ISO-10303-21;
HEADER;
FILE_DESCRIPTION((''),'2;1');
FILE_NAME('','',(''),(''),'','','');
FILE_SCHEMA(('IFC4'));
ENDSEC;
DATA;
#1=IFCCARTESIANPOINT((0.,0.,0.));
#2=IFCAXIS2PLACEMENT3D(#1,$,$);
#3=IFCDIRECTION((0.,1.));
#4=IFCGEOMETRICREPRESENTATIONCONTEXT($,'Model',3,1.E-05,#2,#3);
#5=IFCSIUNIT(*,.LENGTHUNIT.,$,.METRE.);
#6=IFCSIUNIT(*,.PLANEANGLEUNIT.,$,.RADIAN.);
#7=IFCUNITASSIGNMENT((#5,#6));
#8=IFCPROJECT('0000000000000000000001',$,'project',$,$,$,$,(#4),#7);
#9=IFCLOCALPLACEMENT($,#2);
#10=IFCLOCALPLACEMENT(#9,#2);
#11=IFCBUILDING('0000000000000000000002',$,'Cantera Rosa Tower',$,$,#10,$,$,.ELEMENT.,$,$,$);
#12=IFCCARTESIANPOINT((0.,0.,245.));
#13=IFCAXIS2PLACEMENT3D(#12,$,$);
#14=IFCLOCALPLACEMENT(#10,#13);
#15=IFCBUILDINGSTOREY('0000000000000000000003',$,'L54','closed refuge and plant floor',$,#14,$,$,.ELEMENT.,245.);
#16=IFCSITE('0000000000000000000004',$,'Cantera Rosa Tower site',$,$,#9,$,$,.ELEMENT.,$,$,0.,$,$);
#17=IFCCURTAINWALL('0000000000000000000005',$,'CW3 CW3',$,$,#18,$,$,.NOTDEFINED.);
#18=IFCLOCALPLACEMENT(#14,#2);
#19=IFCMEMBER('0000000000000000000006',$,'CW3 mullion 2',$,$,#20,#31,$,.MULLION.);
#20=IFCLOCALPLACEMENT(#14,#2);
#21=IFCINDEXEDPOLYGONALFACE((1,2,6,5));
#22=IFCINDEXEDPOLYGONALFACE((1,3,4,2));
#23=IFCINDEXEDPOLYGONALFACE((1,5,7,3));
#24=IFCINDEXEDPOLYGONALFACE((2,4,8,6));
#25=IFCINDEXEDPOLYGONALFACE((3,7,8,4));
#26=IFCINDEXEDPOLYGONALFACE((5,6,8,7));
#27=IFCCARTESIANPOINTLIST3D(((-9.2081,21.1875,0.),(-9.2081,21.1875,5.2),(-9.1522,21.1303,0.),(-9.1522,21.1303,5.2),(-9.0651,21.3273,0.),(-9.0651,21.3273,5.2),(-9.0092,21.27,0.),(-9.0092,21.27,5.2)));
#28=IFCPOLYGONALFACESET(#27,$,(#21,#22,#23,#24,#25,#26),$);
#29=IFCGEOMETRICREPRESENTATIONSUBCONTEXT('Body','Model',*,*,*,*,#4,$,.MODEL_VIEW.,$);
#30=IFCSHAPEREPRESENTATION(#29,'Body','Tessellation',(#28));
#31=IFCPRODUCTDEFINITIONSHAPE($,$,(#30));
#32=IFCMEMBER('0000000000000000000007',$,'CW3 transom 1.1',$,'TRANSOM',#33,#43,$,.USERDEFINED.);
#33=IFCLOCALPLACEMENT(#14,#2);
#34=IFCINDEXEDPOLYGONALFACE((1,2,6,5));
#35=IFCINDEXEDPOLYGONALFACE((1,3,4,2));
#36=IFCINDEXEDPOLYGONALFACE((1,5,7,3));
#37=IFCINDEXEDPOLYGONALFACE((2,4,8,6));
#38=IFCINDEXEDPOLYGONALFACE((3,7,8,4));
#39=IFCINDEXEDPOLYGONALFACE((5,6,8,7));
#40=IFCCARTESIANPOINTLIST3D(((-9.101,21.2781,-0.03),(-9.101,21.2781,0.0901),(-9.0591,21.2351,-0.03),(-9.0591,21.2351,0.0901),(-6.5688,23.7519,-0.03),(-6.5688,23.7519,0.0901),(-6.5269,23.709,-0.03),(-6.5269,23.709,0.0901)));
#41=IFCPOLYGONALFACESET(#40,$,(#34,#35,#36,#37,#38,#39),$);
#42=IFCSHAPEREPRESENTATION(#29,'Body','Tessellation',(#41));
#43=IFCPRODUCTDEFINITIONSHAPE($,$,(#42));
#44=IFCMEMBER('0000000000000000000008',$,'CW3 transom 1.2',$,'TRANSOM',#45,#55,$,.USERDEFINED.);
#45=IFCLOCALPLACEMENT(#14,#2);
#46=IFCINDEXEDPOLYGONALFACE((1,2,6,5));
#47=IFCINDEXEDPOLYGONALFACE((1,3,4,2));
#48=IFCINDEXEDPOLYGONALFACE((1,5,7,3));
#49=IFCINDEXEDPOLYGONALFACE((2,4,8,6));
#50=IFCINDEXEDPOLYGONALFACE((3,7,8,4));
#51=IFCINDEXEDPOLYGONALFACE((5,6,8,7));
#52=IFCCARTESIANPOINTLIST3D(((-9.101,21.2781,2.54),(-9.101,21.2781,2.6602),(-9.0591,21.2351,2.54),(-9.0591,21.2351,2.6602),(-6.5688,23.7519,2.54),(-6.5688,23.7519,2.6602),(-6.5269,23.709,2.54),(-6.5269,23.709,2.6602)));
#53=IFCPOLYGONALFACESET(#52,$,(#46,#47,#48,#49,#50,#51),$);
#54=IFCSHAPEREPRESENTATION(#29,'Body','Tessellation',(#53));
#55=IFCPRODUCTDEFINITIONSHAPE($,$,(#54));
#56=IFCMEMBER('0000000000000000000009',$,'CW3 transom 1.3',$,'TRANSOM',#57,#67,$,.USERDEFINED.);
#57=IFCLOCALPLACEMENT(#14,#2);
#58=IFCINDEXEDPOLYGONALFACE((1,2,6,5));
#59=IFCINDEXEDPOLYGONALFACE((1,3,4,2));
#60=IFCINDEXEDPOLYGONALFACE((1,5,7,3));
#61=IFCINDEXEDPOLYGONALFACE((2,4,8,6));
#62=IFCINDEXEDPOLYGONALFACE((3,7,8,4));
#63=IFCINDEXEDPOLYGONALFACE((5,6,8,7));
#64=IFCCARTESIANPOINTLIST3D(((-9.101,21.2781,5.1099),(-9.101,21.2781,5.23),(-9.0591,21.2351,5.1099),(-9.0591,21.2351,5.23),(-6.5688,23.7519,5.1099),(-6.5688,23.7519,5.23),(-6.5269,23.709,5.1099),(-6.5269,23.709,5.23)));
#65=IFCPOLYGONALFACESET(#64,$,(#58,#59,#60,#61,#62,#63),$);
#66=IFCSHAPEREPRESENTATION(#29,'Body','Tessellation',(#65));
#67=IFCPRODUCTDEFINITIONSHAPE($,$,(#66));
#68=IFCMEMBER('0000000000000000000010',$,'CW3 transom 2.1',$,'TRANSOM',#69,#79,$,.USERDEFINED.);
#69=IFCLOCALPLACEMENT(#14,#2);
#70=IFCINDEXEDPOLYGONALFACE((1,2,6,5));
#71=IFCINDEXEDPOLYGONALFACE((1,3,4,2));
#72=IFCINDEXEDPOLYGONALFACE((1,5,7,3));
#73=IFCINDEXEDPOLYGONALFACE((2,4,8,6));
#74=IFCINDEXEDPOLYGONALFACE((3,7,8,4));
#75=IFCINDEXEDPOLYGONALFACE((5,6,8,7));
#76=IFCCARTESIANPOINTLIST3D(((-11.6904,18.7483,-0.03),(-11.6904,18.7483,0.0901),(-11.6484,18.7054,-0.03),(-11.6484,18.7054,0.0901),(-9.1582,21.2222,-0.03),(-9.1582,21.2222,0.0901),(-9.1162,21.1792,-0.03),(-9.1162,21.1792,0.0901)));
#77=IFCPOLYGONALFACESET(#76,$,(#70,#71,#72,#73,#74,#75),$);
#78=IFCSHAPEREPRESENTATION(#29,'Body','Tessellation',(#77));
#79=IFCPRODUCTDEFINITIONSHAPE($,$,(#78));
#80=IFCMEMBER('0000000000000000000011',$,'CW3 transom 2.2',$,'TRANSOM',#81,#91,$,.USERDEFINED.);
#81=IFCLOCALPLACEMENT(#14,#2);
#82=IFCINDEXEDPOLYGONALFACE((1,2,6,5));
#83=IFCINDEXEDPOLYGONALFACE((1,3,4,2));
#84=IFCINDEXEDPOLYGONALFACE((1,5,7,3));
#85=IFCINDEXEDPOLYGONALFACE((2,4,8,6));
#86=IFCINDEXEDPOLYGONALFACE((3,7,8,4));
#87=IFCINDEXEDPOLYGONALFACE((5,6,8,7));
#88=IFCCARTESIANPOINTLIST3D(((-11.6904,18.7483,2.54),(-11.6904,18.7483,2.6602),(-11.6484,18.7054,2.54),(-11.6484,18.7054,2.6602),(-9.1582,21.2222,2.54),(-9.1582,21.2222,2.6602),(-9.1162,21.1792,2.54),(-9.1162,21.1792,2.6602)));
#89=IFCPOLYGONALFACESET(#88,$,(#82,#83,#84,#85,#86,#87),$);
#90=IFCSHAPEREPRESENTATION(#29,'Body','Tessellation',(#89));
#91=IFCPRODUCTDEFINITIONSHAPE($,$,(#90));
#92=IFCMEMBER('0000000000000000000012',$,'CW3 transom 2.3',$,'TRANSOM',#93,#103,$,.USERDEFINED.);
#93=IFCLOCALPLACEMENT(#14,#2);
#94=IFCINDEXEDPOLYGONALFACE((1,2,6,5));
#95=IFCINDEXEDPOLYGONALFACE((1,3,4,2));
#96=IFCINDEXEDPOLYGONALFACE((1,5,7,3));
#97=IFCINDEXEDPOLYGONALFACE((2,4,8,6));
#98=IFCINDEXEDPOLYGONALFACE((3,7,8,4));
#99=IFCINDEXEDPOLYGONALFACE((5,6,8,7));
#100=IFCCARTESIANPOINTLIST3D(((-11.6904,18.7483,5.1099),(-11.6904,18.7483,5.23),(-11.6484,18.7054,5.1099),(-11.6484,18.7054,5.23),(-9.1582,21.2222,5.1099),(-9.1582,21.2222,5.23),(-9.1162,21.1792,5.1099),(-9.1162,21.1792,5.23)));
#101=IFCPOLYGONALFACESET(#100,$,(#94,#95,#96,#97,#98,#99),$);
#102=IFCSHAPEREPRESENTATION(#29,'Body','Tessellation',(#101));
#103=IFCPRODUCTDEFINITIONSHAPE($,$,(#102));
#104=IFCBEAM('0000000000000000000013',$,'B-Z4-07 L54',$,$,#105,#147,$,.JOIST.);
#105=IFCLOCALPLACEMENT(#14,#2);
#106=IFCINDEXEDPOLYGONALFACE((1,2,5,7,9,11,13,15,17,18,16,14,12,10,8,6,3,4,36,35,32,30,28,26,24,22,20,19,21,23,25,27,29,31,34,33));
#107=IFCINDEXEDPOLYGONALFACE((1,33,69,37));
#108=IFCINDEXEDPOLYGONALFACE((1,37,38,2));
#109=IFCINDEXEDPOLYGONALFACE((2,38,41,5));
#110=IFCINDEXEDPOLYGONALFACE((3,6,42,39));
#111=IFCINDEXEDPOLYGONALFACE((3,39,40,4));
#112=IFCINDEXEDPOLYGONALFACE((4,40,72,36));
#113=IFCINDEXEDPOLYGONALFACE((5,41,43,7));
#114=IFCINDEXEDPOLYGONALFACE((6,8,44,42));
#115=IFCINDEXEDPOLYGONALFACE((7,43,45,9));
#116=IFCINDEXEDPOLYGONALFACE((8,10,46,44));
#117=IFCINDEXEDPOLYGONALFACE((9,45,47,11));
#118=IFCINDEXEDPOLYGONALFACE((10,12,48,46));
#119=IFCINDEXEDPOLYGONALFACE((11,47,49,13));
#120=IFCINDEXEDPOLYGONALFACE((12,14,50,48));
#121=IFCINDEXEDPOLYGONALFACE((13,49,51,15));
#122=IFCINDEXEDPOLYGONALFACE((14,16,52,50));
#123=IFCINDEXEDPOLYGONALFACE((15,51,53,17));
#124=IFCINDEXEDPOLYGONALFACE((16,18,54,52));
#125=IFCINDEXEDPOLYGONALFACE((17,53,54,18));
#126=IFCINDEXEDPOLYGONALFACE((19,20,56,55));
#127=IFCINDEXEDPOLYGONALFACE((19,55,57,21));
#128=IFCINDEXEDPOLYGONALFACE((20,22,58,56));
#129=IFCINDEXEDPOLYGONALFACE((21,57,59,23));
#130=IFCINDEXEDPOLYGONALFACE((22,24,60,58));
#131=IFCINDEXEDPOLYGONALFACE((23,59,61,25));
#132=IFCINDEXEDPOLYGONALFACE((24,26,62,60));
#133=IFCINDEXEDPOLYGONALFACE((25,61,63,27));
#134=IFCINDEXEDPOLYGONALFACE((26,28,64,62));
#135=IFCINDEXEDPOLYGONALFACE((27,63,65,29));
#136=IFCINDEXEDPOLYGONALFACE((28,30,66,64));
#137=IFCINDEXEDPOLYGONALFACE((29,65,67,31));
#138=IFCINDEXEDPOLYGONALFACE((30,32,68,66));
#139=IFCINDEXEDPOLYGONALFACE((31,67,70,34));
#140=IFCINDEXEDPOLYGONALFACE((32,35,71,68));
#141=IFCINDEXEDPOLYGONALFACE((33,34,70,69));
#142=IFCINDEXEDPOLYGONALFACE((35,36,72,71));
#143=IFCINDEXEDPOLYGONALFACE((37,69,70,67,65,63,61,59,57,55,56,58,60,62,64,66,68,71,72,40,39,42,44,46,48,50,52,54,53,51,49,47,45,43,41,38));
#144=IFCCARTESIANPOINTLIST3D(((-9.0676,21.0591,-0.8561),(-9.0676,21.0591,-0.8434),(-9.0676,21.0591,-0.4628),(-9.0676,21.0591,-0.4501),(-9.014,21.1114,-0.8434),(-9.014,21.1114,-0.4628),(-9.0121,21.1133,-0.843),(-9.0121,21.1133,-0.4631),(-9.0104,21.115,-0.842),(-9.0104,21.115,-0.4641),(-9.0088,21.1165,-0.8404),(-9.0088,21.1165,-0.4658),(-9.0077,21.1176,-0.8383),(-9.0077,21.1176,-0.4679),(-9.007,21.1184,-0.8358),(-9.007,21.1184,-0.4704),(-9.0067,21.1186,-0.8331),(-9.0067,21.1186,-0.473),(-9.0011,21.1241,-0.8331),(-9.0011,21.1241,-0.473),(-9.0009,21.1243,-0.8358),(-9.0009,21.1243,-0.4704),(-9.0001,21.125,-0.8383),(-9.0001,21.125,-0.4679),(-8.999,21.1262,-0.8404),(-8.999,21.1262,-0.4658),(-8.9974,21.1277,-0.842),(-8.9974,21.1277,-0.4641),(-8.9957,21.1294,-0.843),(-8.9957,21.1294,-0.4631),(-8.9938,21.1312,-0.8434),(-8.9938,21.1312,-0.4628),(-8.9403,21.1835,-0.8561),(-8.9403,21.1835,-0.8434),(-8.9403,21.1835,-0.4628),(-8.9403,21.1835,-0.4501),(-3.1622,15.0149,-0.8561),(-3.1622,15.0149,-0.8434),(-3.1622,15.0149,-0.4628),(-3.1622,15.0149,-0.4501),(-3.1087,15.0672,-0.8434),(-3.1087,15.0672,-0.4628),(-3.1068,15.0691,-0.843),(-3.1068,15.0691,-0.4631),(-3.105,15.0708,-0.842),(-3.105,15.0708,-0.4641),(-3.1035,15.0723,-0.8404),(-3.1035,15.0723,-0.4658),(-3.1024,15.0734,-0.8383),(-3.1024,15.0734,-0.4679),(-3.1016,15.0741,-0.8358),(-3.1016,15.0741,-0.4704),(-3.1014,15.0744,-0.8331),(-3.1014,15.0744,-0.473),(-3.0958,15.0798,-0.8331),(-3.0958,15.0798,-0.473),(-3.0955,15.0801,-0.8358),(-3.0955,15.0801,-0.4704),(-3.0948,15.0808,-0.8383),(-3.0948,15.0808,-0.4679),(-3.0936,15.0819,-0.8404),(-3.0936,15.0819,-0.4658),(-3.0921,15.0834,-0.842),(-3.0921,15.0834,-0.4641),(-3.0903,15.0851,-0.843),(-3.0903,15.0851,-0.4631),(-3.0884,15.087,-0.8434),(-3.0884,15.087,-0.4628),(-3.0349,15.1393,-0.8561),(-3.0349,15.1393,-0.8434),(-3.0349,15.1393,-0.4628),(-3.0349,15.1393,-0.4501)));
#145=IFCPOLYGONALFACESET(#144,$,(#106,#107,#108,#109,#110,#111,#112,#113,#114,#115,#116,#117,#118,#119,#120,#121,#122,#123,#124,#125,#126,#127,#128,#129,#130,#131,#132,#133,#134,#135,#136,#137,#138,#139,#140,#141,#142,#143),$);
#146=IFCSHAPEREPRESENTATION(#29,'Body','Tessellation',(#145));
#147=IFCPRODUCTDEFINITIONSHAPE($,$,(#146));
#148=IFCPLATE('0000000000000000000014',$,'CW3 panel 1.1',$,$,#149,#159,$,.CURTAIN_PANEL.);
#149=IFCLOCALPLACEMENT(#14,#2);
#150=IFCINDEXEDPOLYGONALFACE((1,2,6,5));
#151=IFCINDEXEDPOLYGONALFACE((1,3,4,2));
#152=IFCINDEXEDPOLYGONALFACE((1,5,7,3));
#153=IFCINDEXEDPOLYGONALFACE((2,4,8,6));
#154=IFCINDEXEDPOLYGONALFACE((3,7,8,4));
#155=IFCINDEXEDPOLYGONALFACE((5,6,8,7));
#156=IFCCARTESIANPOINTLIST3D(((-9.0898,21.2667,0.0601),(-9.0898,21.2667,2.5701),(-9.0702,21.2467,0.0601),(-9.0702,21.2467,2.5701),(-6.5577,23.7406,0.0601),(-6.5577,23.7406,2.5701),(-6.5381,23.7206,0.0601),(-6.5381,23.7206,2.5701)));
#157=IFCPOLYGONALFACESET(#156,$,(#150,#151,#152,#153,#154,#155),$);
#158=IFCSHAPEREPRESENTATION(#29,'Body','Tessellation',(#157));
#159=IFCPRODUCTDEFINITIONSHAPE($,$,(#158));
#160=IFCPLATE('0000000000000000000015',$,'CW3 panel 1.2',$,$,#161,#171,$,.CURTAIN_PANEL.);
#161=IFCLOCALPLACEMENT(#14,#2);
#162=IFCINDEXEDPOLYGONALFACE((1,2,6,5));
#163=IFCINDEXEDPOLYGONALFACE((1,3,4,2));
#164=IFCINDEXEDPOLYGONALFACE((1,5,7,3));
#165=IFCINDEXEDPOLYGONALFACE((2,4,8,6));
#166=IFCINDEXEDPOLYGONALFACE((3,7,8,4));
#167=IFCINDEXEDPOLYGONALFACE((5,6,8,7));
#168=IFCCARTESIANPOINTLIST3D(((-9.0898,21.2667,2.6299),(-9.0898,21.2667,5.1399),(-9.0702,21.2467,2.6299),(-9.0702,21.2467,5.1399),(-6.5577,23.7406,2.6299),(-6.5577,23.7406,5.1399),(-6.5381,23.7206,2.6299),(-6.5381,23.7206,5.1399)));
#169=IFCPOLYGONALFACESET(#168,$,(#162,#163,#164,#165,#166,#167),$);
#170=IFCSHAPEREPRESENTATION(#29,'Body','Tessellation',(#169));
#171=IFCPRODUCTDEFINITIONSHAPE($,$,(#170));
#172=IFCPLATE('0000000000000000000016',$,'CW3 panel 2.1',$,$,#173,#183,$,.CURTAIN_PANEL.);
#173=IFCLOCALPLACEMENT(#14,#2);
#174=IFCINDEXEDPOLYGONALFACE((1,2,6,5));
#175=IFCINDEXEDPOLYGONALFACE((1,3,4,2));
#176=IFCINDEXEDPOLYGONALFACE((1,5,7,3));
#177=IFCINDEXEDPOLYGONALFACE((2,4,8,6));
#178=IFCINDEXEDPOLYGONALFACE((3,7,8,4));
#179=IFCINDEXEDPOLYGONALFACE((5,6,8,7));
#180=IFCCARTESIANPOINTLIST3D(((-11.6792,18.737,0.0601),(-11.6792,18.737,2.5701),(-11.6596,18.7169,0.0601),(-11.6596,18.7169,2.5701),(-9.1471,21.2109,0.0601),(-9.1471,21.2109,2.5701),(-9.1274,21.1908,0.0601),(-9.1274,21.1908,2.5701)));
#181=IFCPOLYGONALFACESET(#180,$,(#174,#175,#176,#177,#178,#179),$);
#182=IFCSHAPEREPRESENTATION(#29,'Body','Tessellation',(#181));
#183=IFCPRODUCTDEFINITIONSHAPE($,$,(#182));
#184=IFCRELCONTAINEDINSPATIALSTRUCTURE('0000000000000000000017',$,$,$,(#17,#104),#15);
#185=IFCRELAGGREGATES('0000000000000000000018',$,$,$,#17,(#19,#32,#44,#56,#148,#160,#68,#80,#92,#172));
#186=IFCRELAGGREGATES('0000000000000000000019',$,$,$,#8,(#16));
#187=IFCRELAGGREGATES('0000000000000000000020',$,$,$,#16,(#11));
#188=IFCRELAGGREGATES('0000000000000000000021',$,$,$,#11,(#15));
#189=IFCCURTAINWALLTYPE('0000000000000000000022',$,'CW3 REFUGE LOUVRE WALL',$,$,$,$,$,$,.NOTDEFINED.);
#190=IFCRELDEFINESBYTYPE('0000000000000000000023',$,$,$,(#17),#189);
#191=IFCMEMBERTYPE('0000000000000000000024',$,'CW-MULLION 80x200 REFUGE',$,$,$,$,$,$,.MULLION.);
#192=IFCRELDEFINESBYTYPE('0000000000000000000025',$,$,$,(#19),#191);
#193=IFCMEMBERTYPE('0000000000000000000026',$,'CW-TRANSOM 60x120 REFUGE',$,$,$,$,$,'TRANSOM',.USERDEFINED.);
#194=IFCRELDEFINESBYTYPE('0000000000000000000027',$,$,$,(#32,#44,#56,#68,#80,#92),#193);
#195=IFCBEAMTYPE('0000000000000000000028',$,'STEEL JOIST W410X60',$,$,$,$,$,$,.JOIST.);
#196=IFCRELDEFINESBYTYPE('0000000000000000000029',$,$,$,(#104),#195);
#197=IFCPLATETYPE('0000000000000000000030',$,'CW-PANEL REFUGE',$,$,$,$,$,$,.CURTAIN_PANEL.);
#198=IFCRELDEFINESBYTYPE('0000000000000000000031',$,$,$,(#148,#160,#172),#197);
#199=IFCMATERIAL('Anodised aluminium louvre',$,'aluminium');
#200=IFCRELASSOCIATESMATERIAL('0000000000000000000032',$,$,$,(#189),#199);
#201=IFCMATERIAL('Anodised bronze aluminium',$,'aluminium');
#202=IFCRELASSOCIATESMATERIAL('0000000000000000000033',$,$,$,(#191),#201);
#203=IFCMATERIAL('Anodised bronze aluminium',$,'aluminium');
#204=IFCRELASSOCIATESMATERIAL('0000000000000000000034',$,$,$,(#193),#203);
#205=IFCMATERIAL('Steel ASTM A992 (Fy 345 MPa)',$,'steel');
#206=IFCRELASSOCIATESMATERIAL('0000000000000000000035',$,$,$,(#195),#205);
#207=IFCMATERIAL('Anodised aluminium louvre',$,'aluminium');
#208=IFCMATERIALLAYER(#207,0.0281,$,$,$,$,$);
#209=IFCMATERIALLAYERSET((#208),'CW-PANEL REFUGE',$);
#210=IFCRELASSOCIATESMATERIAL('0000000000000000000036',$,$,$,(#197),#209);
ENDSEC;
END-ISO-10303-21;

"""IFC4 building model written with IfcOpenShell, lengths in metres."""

from ifc_helpers import new_model, si_unit, direction, frame, origin, origin_2d, place, context, subcontext, project, spatial, rectangle, i_section, extrude, material, layer, layer_set, material_profile, profile_set, type_object, element, aggregate, save


model = new_model("IFC4")

# Units and contexts
model_context = context("Model", 3, precision=1e-05, world=origin(), true_north=direction((0.0, 1.0)))
body_context = subcontext(model_context, "Body", "Model", "MODEL_VIEW")
ifc_project = project(units=[si_unit("LENGTHUNIT", "METRE"), si_unit("PLANEANGLEUNIT", "RADIAN")], contexts=[model_context])

# Site, building, storey
site_placement = place(None, origin())
site = spatial("IfcSite", under=ifc_project, at=site_placement, Name="Cantera Rosa Tower site", CompositionType="ELEMENT", RefElevation=0.0)
building_placement = place(site_placement, origin())
building = spatial("IfcBuilding", under=site, at=building_placement, Name="Cantera Rosa Tower", CompositionType="ELEMENT")
storey_placement = place(building_placement, frame((0.0, 0.0, 245.0)))
storey = spatial("IfcBuildingStorey", under=building, at=storey_placement, Name="L54", Description="closed refuge and plant floor", CompositionType="ELEMENT", Elevation=245.0)

# Curtain wall, members
ifc_material_1 = material(Name="Anodised aluminium louvre", Category="aluminium")
curtain_wall_type = type_object("IfcCurtainWallType", Name="CW3 REFUGE LOUVRE WALL", PredefinedType="NOTDEFINED", material=ifc_material_1)
curtain_wall_placement = place(storey_placement, origin())
curtain_wall = element("IfcCurtainWall", 1, at=curtain_wall_placement, inside=storey, type_object=curtain_wall_type, Name="CW3 CW3", PredefinedType="NOTDEFINED")
ifc_material_2 = material(Name="Anodised bronze aluminium", Category="aluminium")
ifc_material_profile_1 = material_profile(ifc_material_2, rectangle(XDim=0.0801, YDim=0.2, at=origin_2d()), Name="CW-MULLION 80x200 REFUGE")
ifc_profile_set_1 = profile_set([ifc_material_profile_1], Name="Anodised bronze aluminium")
member_type_1 = type_object("IfcMemberType", Name="CW-MULLION 80x200 REFUGE", PredefinedType="MULLION", material=ifc_profile_set_1)
member_1_placement = place(storey_placement, frame((-9.1086, 21.2288, 0.0), z_axis=(0.0, 0.0, 1.0), x_axis=(0.698832, -0.715286, 0.0)))
member_1 = element("IfcMember", 2, at=member_1_placement, type_object=member_type_1, Name="CW3 mullion 2", PredefinedType="MULLION", context=body_context, shape_type="SweptSolid", body=[
    extrude(rectangle(XDim=0.0801, YDim=0.2, at=origin_2d()), origin(), (0.0, 0.0, 1.0), 5.2),
])
ifc_material_3 = material(Name="Anodised bronze aluminium", Category="aluminium")
ifc_material_profile_2 = material_profile(ifc_material_3, rectangle(XDim=0.0601, YDim=0.1201, at=origin_2d()), Name="CW-TRANSOM 60x120 REFUGE")
ifc_profile_set_2 = profile_set([ifc_material_profile_2], Name="Anodised bronze aluminium")
member_type_2 = type_object("IfcMemberType", Name="CW-TRANSOM 60x120 REFUGE", ElementType="TRANSOM", PredefinedType="USERDEFINED", material=ifc_profile_set_2)
member_2_placement = place(storey_placement, frame((-6.5479, 23.7305, 0.03), z_axis=(-0.7153, -0.698817, 0.0), x_axis=(0.698817, -0.7153, 0.0)))
member_2 = element("IfcMember", 3, at=member_2_placement, type_object=member_type_2, Name="CW3 transom 1.1", ObjectType="TRANSOM", PredefinedType="USERDEFINED", context=body_context, shape_type="SweptSolid", body=[
    extrude(rectangle(XDim=0.0601, YDim=0.1201, at=origin_2d()), origin(), (0.0, 0.0, 1.0), 3.54),
])
member_3_placement = place(storey_placement, frame((-6.5479, 23.7305, 2.6001), z_axis=(-0.7153, -0.698817, 0.0), x_axis=(0.698817, -0.7153, 0.0)))
member_3 = element("IfcMember", 4, at=member_3_placement, type_object=member_type_2, Name="CW3 transom 1.2", ObjectType="TRANSOM", PredefinedType="USERDEFINED", context=body_context, shape_type="SweptSolid", body=[
    extrude(rectangle(XDim=0.0601, YDim=0.1201, at=origin_2d()), origin(), (0.0, 0.0, 1.0), 3.54),
])
member_4_placement = place(storey_placement, frame((-6.5479, 23.7305, 5.1699), z_axis=(-0.7153, -0.698817, 0.0), x_axis=(0.698817, -0.7153, 0.0)))
member_4 = element("IfcMember", 5, at=member_4_placement, type_object=member_type_2, Name="CW3 transom 1.3", ObjectType="TRANSOM", PredefinedType="USERDEFINED", context=body_context, shape_type="SweptSolid", body=[
    extrude(rectangle(XDim=0.0601, YDim=0.1201, at=origin_2d()), origin(), (0.0, 0.0, 1.0), 3.54),
])
member_5_placement = place(storey_placement, frame((-9.1372, 21.2007, 0.03), z_axis=(-0.7153, -0.698817, 0.0), x_axis=(0.698817, -0.7153, 0.0)))
member_5 = element("IfcMember", 6, at=member_5_placement, type_object=member_type_2, Name="CW3 transom 2.1", ObjectType="TRANSOM", PredefinedType="USERDEFINED", context=body_context, shape_type="SweptSolid", body=[
    extrude(rectangle(XDim=0.0601, YDim=0.1201, at=origin_2d()), origin(), (0.0, 0.0, 1.0), 3.54),
])
member_6_placement = place(storey_placement, frame((-9.1372, 21.2007, 2.6001), z_axis=(-0.7153, -0.698817, 0.0), x_axis=(0.698817, -0.7153, 0.0)))
member_6 = element("IfcMember", 7, at=member_6_placement, type_object=member_type_2, Name="CW3 transom 2.2", ObjectType="TRANSOM", PredefinedType="USERDEFINED", context=body_context, shape_type="SweptSolid", body=[
    extrude(rectangle(XDim=0.0601, YDim=0.1201, at=origin_2d()), origin(), (0.0, 0.0, 1.0), 3.54),
])
member_7_placement = place(storey_placement, frame((-9.1372, 21.2007, 5.1699), z_axis=(-0.7153, -0.698817, 0.0), x_axis=(0.698817, -0.7153, 0.0)))
member_7 = element("IfcMember", 8, at=member_7_placement, type_object=member_type_2, Name="CW3 transom 2.3", ObjectType="TRANSOM", PredefinedType="USERDEFINED", context=body_context, shape_type="SweptSolid", body=[
    extrude(rectangle(XDim=0.0601, YDim=0.1201, at=origin_2d()), origin(), (0.0, 0.0, 1.0), 3.54),
])

# Beam
ifc_material_4 = material(Name="Steel ASTM A992 (Fy 345 MPa)", Category="steel")
ifc_material_profile_3 = material_profile(ifc_material_4, i_section(OverallWidth=0.178, OverallDepth=0.406, WebThickness=0.0078, FlangeThickness=0.0127, FilletRadius=0.0103, at=origin_2d()), Name="W410X60")
ifc_profile_set_3 = profile_set([ifc_material_profile_3], Name="Steel ASTM A992 (Fy 345 MPa)")
beam_type = type_object("IfcBeamType", Name="STEEL JOIST W410X60", PredefinedType="JOIST", material=ifc_profile_set_3)
beam_placement = place(storey_placement, frame((-9.0039, 21.1213, -0.6531), z_axis=(0.698839, -0.715279, 0.0), x_axis=(0.715279, 0.698839, 0.0)))
element("IfcBeam", 9, at=beam_placement, inside=storey, type_object=beam_type, Name="B-Z4-07 L54", PredefinedType="JOIST", context=body_context, shape_type="SweptSolid", body=[
    extrude(i_section(OverallWidth=0.178, OverallDepth=0.406, WebThickness=0.0078, FlangeThickness=0.0127, FilletRadius=0.0103, at=origin_2d()), origin(), (0.0, 0.0, 1.0), 8.4502),
])

# Plates
ifc_material_5 = material(Name="Anodised aluminium louvre", Category="aluminium")
ifc_layer_1 = layer(ifc_material_5, 0.0281)
ifc_layer_set_1 = layer_set([ifc_layer_1], Name="CW-PANEL REFUGE")
plate_type = type_object("IfcPlateType", Name="CW-PANEL REFUGE", PredefinedType="CURTAIN_PANEL", material=ifc_layer_set_1)
plate_1_placement = place(storey_placement, frame((-7.814, 22.4937, 0.0601), z_axis=(0.0, 0.0, 1.0), x_axis=(-0.715286, -0.698832, 0.0)))
plate_1 = element("IfcPlate", 10, at=plate_1_placement, type_object=plate_type, Name="CW3 panel 1.1", PredefinedType="CURTAIN_PANEL", context=body_context, shape_type="SweptSolid", body=[
    extrude(rectangle(XDim=3.54, YDim=0.0281, at=origin_2d()), origin(), (0.0, 0.0, 1.0), 2.51),
])
plate_2_placement = place(storey_placement, frame((-7.814, 22.4937, 2.6299), z_axis=(0.0, 0.0, 1.0), x_axis=(-0.715286, -0.698832, 0.0)))
plate_2 = element("IfcPlate", 11, at=plate_2_placement, type_object=plate_type, Name="CW3 panel 1.2", PredefinedType="CURTAIN_PANEL", context=body_context, shape_type="SweptSolid", body=[
    extrude(rectangle(XDim=3.54, YDim=0.0281, at=origin_2d()), origin(), (0.0, 0.0, 1.0), 2.51),
])
plate_3_placement = place(storey_placement, frame((-10.4033, 19.9639, 0.0601), z_axis=(0.0, 0.0, 1.0), x_axis=(-0.715286, -0.698832, 0.0)))
plate_3 = element("IfcPlate", 12, at=plate_3_placement, type_object=plate_type, Name="CW3 panel 2.1", PredefinedType="CURTAIN_PANEL", context=body_context, shape_type="SweptSolid", body=[
    extrude(rectangle(XDim=3.54, YDim=0.0281, at=origin_2d()), origin(), (0.0, 0.0, 1.0), 2.51),
])
aggregate(curtain_wall, [member_1, member_2, member_3, member_4, plate_1, plate_2, member_5, member_6, member_7, plate_3])

save(model, "model.ifc")
